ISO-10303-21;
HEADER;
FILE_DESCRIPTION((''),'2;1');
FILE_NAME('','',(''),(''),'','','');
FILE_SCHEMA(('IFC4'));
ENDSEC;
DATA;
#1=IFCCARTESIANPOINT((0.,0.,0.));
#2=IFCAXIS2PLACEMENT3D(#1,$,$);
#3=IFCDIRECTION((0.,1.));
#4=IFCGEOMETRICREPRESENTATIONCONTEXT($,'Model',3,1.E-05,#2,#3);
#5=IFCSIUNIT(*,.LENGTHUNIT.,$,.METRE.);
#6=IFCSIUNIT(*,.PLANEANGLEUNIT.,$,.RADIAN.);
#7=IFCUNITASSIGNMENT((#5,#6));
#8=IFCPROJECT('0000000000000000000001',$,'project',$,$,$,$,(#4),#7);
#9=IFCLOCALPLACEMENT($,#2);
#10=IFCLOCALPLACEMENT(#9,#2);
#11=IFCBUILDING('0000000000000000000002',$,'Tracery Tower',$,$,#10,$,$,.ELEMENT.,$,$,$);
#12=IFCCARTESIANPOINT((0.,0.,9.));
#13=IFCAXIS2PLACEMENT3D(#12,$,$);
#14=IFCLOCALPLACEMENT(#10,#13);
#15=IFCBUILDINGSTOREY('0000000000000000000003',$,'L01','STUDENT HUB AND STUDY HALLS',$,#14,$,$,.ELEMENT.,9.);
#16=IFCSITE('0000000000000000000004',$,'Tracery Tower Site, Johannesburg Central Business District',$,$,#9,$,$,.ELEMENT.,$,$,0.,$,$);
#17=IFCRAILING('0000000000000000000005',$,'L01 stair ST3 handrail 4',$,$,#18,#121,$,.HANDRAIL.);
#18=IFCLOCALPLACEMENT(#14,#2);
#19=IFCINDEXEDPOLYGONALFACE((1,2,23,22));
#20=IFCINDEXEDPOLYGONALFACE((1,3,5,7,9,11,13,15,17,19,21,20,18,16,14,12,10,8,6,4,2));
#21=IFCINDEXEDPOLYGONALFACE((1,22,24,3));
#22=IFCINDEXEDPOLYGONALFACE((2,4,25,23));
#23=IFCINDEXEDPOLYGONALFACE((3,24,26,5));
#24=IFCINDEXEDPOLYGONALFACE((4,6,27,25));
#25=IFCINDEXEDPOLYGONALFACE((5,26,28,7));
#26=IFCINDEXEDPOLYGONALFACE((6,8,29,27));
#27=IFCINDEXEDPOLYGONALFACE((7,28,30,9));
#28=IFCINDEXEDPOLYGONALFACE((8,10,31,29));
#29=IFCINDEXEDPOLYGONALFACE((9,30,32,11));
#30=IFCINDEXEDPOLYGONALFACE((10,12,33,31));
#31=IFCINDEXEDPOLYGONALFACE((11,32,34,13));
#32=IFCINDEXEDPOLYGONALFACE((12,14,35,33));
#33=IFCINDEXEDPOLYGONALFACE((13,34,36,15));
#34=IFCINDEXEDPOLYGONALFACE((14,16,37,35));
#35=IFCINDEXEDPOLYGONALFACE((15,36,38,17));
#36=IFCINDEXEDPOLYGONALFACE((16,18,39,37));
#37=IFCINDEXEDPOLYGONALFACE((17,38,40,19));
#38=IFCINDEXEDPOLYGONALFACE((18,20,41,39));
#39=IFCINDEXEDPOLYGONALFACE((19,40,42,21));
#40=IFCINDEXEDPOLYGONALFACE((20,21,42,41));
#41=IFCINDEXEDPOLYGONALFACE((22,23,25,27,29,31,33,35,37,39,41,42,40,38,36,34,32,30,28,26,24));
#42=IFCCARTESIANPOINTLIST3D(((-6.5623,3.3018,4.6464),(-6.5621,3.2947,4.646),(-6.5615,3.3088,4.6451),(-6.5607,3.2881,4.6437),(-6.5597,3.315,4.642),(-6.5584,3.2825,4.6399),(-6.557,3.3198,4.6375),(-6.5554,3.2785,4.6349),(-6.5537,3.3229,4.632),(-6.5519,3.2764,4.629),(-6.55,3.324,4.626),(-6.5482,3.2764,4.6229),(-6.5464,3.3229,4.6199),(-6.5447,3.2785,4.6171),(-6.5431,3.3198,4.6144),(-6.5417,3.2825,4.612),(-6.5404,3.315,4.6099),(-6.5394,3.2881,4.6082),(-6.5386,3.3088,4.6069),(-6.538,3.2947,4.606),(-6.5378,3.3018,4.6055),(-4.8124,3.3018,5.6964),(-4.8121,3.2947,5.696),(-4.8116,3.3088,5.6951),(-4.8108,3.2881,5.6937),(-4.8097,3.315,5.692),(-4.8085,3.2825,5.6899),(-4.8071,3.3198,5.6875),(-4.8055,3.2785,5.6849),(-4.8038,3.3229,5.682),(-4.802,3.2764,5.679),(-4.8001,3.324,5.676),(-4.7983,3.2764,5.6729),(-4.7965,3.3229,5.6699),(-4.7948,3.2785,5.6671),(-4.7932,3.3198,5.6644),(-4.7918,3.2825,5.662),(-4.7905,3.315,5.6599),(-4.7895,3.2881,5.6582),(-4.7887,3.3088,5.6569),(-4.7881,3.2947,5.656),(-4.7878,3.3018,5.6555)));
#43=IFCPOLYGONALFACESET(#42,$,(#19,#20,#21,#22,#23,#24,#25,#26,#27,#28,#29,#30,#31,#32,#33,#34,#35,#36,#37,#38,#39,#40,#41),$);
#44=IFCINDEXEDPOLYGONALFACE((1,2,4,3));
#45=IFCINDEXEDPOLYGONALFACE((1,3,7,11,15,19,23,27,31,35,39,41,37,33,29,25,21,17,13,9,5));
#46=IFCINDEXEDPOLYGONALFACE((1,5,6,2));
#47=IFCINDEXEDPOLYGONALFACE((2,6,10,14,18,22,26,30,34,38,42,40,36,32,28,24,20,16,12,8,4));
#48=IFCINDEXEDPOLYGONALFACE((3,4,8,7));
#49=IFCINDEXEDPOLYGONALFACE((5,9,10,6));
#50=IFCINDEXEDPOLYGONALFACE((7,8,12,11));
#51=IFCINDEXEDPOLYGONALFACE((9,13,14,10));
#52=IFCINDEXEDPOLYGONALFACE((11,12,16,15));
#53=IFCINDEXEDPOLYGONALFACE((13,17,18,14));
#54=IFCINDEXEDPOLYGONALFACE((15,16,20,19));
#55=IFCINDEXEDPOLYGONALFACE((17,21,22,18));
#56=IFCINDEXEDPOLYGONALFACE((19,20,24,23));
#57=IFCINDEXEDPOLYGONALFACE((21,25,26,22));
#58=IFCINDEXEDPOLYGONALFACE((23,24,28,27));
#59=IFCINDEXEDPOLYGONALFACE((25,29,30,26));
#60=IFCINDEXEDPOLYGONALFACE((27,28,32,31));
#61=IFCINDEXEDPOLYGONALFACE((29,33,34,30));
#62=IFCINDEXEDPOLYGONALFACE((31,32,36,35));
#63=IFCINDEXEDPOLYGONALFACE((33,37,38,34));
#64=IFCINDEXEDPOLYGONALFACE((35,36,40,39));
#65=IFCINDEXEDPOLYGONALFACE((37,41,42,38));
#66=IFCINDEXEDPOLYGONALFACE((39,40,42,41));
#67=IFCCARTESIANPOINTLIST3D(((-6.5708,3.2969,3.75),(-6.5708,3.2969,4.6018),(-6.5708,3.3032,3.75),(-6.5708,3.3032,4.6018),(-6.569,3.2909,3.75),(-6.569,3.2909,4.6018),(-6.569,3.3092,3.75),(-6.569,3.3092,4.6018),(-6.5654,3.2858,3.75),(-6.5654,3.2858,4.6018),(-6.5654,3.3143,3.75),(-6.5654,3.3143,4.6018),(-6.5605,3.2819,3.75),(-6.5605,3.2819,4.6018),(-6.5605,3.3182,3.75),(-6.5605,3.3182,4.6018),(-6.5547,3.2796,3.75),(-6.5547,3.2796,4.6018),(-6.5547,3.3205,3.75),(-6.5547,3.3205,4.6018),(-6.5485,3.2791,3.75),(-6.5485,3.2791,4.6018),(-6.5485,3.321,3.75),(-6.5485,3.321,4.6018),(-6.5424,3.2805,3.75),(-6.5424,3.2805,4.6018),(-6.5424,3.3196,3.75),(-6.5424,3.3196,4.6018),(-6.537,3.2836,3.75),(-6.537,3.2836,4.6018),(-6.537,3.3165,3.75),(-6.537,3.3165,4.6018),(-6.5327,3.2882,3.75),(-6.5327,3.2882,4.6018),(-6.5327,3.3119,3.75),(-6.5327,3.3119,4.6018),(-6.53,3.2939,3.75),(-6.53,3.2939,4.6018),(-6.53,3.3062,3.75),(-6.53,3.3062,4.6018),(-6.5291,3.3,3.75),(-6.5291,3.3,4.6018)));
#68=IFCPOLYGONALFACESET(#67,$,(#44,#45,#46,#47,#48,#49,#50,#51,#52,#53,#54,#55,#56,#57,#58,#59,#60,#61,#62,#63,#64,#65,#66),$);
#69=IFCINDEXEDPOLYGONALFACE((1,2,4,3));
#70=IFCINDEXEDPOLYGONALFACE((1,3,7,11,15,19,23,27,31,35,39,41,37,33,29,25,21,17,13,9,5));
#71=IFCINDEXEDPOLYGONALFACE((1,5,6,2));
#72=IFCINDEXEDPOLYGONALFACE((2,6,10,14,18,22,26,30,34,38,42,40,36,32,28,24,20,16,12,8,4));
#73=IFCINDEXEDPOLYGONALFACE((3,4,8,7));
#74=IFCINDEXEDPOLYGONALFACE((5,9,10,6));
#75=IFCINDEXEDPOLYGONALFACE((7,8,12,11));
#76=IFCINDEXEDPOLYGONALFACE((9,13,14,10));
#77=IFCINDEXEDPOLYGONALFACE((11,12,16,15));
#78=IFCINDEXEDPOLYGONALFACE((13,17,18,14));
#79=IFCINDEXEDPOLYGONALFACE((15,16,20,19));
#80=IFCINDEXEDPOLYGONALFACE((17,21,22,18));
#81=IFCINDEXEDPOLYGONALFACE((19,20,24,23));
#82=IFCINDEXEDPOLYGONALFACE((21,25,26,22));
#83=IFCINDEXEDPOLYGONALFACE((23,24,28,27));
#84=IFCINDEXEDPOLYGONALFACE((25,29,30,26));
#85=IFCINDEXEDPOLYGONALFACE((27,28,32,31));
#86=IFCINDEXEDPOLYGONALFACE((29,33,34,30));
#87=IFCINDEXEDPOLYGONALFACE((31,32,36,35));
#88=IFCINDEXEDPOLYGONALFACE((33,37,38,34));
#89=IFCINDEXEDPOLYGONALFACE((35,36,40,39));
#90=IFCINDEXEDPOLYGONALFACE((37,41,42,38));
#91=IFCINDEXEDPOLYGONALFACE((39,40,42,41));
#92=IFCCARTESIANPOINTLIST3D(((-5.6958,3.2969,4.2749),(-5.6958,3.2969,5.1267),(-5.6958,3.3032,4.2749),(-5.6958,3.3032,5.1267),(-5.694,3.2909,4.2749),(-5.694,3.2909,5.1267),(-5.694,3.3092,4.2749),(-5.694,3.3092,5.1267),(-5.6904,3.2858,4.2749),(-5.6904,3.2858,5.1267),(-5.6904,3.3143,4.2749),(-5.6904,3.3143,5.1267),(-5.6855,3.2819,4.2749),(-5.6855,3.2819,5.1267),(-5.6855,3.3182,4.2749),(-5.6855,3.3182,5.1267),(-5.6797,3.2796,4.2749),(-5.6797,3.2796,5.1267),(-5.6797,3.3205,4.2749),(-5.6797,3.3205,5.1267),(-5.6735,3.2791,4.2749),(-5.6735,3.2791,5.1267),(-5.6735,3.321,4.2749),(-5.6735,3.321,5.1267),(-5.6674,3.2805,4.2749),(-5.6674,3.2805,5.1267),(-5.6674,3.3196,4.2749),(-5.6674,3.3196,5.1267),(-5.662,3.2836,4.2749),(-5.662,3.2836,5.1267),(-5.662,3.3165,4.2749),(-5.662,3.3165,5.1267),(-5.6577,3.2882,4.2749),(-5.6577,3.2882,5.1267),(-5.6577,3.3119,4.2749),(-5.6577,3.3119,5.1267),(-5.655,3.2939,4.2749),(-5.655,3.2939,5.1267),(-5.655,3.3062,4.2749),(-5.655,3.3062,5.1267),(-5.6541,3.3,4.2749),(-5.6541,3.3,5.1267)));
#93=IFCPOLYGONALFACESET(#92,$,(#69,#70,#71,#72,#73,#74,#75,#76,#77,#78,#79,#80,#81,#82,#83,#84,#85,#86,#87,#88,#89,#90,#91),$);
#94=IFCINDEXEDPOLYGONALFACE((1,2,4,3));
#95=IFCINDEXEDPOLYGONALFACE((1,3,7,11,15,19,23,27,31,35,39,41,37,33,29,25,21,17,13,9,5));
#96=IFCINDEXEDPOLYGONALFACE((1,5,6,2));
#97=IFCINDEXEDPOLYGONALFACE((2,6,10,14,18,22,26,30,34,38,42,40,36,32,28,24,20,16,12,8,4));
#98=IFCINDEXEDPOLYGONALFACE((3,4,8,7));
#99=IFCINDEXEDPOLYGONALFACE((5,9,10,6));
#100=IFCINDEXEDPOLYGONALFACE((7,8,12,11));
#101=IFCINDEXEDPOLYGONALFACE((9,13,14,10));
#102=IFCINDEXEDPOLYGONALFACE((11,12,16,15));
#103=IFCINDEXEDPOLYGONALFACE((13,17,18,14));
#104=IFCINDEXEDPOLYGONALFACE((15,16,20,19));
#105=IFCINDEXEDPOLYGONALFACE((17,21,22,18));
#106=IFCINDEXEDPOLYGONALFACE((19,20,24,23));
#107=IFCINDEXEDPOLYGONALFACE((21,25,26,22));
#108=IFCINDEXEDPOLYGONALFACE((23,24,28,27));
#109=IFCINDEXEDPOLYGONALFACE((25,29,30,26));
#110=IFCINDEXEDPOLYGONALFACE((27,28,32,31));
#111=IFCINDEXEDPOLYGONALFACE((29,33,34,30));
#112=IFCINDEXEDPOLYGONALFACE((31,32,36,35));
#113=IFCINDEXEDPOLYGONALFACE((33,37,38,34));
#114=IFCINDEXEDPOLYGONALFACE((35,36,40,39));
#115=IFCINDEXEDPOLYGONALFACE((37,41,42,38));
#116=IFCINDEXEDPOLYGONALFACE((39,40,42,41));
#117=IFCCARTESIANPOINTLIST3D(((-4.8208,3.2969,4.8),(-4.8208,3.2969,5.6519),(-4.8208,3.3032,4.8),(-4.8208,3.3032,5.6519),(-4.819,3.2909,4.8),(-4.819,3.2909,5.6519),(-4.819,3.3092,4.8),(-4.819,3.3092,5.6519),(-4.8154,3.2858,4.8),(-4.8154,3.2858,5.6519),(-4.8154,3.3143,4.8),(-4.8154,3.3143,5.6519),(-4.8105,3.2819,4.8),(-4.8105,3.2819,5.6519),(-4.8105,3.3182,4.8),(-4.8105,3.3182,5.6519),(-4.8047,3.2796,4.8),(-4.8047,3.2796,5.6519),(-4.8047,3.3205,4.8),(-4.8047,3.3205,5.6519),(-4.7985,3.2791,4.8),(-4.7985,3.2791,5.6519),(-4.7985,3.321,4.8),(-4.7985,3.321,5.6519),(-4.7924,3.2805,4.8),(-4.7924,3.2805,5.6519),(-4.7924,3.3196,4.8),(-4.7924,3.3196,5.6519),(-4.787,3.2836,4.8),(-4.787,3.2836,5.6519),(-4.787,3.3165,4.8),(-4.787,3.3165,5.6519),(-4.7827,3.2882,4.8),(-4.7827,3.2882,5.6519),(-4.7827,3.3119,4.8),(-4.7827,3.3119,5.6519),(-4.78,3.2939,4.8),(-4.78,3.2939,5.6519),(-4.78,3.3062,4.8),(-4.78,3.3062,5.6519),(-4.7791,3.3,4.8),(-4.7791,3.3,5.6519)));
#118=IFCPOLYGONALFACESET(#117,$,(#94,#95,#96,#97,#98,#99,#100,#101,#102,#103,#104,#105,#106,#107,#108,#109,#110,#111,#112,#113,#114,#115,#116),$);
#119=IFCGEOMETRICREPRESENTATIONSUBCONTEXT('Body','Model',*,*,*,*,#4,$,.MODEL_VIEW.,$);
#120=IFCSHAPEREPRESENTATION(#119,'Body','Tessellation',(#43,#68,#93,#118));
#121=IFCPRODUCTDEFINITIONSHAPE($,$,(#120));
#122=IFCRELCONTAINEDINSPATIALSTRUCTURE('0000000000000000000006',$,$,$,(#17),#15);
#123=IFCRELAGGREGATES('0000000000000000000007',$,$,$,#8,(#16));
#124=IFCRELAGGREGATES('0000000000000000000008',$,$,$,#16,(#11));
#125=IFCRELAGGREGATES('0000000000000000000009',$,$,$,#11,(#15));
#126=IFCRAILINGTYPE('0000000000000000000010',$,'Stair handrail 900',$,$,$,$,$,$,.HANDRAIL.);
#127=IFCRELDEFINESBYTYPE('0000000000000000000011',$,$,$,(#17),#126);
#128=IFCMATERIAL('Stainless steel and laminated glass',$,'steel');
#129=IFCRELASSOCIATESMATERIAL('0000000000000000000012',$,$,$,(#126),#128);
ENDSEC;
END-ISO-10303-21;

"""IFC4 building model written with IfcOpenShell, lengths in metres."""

from ifc_helpers import new_model, si_unit, direction, frame, origin, origin_2d, place, context, subcontext, project, spatial, circle, extrude, material, type_object, element, save


model = new_model("IFC4")

# Units and contexts
model_context = context("Model", 3, precision=1e-05, world=origin(), true_north=direction((0.0, 1.0)))
body_context = subcontext(model_context, "Body", "Model", "MODEL_VIEW")
ifc_project = project(units=[si_unit("LENGTHUNIT", "METRE"), si_unit("PLANEANGLEUNIT", "RADIAN")], contexts=[model_context])

# Site, building, storey
site_placement = place(None, origin())
site = spatial("IfcSite", under=ifc_project, at=site_placement, Name="Tracery Tower Site, Johannesburg Central Business District", CompositionType="ELEMENT", RefElevation=0.0)
building_placement = place(site_placement, origin())
building = spatial("IfcBuilding", under=site, at=building_placement, Name="Tracery Tower", CompositionType="ELEMENT")
storey_placement = place(building_placement, frame((0.0, 0.0, 9.0)))
storey = spatial("IfcBuildingStorey", under=building, at=storey_placement, Name="L01", Description="STUDENT HUB AND STUDY HALLS", CompositionType="ELEMENT", Elevation=9.0)

# Railing
ifc_material_1 = material(Name="Stainless steel and laminated glass", Category="steel")
railing_type_1 = type_object("IfcRailingType", Name="Stair handrail 900", PredefinedType="HANDRAIL", material=ifc_material_1)
railing_1_placement = place(storey_placement, frame((-6.55, 3.3, 3.75)))
element("IfcRailing", 1, at=railing_1_placement, inside=storey, type_object=railing_type_1, Name="L01 stair ST3 handrail 4", PredefinedType="HANDRAIL", context=body_context, shape_type="SweptSolid", body=[
    extrude(circle(Radius=0.0239, at=origin_2d()), frame((0.0, 0.0, 0.876), z_axis=(0.857482, 0.0, 0.514513), x_axis=(0.0, 1.0, 0.0)), (0.0, 0.0, 1.0), 2.0408),
    extrude(circle(Radius=0.021, at=origin_2d()), origin(), (0.0, 0.0, 1.0), 0.8518),
    extrude(circle(Radius=0.021, at=origin_2d()), frame((0.875, 0.0, 0.5249)), (0.0, 0.0, 1.0), 0.8518),
    extrude(circle(Radius=0.021, at=origin_2d()), frame((1.75, 0.0, 1.05)), (0.0, 0.0, 1.0), 0.8518),
])

save(model, "model.ifc")
